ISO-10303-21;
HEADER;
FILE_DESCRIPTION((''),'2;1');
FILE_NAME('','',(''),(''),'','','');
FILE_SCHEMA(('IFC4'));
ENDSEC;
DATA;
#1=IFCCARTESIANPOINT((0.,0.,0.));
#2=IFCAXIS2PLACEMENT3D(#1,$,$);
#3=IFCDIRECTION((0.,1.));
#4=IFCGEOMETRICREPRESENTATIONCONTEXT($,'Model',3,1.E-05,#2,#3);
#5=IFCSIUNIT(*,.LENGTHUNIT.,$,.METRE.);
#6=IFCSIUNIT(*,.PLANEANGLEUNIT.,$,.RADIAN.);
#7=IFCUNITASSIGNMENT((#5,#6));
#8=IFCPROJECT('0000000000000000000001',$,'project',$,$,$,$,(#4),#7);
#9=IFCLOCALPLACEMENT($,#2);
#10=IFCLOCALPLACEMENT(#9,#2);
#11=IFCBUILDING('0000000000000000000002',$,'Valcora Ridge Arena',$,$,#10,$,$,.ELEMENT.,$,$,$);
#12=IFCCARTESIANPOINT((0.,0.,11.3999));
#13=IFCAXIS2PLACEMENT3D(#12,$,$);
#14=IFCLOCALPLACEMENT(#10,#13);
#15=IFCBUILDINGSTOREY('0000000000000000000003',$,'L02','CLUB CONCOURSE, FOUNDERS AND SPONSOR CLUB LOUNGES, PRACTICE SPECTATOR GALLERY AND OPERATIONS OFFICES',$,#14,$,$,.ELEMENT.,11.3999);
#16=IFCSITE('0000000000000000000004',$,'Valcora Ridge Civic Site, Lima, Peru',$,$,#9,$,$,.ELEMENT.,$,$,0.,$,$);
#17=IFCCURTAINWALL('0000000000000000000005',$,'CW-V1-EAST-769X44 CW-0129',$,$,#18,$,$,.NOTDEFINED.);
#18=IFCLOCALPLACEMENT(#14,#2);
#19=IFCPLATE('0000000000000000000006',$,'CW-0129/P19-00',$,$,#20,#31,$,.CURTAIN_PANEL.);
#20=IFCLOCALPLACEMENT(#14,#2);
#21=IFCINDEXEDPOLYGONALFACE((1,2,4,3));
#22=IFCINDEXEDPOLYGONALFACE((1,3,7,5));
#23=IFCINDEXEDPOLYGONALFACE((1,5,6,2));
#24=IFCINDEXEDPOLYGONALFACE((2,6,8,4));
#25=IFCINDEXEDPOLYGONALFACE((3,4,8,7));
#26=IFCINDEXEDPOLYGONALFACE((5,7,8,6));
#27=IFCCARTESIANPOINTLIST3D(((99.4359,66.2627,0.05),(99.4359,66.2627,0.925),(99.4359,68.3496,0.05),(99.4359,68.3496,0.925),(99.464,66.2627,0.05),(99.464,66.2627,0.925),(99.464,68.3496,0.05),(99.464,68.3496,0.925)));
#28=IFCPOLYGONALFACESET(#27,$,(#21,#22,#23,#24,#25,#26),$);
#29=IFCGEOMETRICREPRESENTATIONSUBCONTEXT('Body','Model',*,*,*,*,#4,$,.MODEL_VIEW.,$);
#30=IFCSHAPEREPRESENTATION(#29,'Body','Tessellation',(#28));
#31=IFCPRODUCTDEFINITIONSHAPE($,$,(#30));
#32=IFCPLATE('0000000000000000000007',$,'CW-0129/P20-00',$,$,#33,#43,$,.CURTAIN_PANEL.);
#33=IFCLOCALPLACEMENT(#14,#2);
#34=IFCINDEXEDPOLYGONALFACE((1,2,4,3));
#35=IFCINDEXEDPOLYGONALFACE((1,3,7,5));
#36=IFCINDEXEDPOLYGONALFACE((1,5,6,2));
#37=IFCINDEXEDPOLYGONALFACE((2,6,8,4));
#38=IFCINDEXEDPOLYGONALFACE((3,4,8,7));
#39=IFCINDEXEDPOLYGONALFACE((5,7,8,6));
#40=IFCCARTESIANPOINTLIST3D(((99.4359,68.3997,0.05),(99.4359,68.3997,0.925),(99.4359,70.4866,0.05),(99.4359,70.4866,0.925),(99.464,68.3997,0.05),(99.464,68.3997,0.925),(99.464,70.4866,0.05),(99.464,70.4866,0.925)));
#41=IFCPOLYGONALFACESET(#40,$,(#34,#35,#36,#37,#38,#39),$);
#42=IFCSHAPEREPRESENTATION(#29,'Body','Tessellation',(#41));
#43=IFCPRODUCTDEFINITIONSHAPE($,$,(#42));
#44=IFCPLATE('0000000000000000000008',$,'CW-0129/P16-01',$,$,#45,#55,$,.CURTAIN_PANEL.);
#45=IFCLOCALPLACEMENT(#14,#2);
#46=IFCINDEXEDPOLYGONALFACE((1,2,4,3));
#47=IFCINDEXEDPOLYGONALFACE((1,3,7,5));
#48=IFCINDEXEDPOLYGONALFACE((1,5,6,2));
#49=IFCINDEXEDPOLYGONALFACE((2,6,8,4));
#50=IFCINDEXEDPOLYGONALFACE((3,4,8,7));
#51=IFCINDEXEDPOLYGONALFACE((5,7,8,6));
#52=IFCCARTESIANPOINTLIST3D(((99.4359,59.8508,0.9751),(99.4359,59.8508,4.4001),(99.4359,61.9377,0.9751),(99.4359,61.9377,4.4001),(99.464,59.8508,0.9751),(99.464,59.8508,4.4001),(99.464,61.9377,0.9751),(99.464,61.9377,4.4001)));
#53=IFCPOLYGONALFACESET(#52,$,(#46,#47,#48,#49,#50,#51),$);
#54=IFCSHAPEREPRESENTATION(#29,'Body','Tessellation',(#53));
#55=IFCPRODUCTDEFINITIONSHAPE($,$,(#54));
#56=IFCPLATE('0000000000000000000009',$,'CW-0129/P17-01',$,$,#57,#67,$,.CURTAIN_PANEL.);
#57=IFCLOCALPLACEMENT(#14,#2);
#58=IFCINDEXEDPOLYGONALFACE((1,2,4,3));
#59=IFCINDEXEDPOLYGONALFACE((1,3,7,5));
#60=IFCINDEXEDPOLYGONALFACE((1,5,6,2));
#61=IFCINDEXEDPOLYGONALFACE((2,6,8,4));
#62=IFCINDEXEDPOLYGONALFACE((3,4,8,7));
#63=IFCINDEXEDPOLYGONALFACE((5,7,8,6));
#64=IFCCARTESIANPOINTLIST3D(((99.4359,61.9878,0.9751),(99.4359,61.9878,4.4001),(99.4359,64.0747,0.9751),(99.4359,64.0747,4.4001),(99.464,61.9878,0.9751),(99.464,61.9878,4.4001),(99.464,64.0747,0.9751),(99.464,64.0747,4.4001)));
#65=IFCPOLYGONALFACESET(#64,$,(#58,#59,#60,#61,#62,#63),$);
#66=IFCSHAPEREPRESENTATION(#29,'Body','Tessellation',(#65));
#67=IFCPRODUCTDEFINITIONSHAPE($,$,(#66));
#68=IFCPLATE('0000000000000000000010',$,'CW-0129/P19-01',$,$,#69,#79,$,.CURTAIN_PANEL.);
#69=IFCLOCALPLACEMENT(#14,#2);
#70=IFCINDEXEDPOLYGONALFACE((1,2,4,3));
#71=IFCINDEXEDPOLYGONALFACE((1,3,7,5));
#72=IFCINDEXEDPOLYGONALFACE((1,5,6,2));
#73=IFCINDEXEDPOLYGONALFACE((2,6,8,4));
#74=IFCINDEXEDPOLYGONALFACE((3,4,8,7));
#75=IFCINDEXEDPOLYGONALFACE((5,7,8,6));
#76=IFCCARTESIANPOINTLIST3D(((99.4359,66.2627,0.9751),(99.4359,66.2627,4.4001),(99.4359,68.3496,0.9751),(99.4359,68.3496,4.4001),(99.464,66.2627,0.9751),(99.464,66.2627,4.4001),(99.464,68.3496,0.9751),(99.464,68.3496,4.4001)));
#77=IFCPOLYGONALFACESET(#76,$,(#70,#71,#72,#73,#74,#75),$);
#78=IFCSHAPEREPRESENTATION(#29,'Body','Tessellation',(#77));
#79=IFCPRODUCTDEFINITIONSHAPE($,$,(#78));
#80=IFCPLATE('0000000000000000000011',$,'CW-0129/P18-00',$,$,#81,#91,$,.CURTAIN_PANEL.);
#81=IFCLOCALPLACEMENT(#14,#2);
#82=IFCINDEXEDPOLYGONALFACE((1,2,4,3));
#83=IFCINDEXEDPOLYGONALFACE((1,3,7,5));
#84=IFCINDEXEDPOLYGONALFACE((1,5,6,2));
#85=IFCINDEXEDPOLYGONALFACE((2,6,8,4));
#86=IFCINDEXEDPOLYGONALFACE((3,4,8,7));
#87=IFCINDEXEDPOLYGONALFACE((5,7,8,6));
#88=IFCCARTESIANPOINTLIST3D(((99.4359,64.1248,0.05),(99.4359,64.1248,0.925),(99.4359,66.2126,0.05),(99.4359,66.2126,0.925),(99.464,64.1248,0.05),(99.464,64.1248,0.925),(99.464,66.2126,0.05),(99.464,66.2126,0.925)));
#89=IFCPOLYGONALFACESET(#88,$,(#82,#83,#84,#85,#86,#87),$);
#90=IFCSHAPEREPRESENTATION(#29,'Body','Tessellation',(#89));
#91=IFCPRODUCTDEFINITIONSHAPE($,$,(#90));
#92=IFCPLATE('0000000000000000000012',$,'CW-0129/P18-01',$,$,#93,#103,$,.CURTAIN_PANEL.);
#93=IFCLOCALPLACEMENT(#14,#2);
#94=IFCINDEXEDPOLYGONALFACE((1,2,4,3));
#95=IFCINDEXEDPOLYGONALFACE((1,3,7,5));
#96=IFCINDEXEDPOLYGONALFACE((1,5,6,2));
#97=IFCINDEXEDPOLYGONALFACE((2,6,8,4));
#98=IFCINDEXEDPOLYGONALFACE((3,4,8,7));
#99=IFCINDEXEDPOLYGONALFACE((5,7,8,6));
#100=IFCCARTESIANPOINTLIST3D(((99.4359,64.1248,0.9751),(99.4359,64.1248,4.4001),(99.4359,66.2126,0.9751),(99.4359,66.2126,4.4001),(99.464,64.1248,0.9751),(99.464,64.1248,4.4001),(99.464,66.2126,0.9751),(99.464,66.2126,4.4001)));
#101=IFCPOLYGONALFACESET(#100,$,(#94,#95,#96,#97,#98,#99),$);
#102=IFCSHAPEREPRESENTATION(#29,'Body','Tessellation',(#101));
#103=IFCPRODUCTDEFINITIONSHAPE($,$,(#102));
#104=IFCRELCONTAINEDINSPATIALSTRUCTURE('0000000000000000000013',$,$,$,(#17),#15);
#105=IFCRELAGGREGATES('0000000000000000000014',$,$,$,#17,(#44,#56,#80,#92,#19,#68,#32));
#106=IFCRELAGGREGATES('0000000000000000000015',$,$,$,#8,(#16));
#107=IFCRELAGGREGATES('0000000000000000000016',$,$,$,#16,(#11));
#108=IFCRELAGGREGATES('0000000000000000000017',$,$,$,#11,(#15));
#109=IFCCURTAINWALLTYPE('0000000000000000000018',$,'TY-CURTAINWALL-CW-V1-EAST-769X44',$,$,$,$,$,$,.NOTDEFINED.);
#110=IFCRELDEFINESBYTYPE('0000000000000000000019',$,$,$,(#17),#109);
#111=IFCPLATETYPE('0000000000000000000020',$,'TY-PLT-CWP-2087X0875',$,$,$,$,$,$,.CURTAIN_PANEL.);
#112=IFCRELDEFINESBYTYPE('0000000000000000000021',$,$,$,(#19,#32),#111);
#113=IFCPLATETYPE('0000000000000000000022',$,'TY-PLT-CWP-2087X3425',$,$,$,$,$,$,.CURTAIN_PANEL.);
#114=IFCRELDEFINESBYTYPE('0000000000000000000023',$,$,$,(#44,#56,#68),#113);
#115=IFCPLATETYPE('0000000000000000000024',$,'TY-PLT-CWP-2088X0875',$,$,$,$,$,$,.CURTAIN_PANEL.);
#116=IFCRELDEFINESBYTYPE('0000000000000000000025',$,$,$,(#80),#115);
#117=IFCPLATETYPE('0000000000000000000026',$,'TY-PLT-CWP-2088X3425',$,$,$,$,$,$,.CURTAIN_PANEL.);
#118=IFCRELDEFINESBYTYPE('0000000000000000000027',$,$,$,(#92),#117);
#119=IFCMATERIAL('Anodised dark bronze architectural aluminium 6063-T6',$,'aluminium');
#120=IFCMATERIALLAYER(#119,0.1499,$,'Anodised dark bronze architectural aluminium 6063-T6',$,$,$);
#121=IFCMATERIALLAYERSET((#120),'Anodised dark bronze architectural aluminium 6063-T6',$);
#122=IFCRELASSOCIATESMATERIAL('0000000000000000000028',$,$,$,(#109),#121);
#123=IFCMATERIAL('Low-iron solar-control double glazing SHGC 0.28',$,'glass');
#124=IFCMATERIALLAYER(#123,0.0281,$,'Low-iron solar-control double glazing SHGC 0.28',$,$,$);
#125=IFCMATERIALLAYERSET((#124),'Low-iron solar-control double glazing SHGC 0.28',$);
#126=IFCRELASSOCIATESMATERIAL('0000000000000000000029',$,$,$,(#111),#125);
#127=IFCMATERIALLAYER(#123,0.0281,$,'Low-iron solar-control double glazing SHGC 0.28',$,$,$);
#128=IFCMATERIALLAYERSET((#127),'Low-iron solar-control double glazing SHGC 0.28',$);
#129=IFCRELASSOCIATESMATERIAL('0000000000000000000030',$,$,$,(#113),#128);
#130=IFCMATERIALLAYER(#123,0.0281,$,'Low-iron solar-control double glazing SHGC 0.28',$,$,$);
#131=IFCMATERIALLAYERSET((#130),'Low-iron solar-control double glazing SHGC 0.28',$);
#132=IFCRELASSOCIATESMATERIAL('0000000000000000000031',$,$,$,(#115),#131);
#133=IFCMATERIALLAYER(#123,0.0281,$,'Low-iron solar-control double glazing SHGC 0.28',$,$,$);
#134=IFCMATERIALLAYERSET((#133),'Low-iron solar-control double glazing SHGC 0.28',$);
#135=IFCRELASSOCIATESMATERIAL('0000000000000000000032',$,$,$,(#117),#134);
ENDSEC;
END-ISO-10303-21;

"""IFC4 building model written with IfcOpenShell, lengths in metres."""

from ifc_helpers import new_model, si_unit, direction, frame, origin, origin_2d, place, context, subcontext, project, spatial, rectangle, extrude, material, layer, layer_set, type_object, element, aggregate, save


model = new_model("IFC4")

# Units and contexts
model_context = context("Model", 3, precision=1e-05, world=origin(), true_north=direction((0.0, 1.0)))
body_context = subcontext(model_context, "Body", "Model", "MODEL_VIEW")
ifc_project = project(units=[si_unit("LENGTHUNIT", "METRE"), si_unit("PLANEANGLEUNIT", "RADIAN")], contexts=[model_context])

# Site, building, storey
site_placement = place(None, origin())
site = spatial("IfcSite", under=ifc_project, at=site_placement, Name="Valcora Ridge Civic Site, Lima, Peru", CompositionType="ELEMENT", RefElevation=0.0)
building_placement = place(site_placement, origin())
building = spatial("IfcBuilding", under=site, at=building_placement, Name="Valcora Ridge Arena", CompositionType="ELEMENT")
storey_placement = place(building_placement, frame((0.0, 0.0, 11.3999)))
storey = spatial("IfcBuildingStorey", under=building, at=storey_placement, Name="L02", Description="CLUB CONCOURSE, FOUNDERS AND SPONSOR CLUB LOUNGES, PRACTICE SPECTATOR GALLERY AND OPERATIONS OFFICES", CompositionType="ELEMENT", Elevation=11.3999)

# Curtain wall, plates
ifc_material_1 = material(Name="Anodised dark bronze architectural aluminium 6063-T6", Category="aluminium")
ifc_layer_1 = layer(ifc_material_1, 0.1499, Name="Anodised dark bronze architectural aluminium 6063-T6")
ifc_layer_set_1 = layer_set([ifc_layer_1], Name="Anodised dark bronze architectural aluminium 6063-T6")
curtain_wall_type = type_object("IfcCurtainWallType", Name="TY-CURTAINWALL-CW-V1-EAST-769X44", PredefinedType="NOTDEFINED", material=ifc_layer_set_1)
curtain_wall_placement = place(storey_placement, origin())
curtain_wall = element("IfcCurtainWall", 1, at=curtain_wall_placement, inside=storey, type_object=curtain_wall_type, Name="CW-V1-EAST-769X44 CW-0129", PredefinedType="NOTDEFINED")
ifc_material_2 = material(Name="Low-iron solar-control double glazing SHGC 0.28", Category="glass")
ifc_layer_2 = layer(ifc_material_2, 0.0281, Name="Low-iron solar-control double glazing SHGC 0.28")
ifc_layer_set_2 = layer_set([ifc_layer_2], Name="Low-iron solar-control double glazing SHGC 0.28")
plate_type_1 = type_object("IfcPlateType", Name="TY-PLT-CWP-2087X0875", PredefinedType="CURTAIN_PANEL", material=ifc_layer_set_2)
plate_1_placement = place(storey_placement, frame((99.45, 67.3062, 0.05), z_axis=(0.0, 0.0, 1.0), x_axis=(0.0, 1.0, 0.0)))
plate_1 = element("IfcPlate", 2, at=plate_1_placement, type_object=plate_type_1, Name="CW-0129/P19-00", PredefinedType="CURTAIN_PANEL", context=body_context, shape_type="SweptSolid", body=[
    extrude(rectangle(XDim=2.0869, YDim=0.0281, at=origin_2d()), origin(), (0.0, 0.0, 1.0), 0.875),
])
plate_2_placement = place(storey_placement, frame((99.45, 69.4431, 0.05), z_axis=(0.0, 0.0, 1.0), x_axis=(0.0, 1.0, 0.0)))
plate_2 = element("IfcPlate", 3, at=plate_2_placement, type_object=plate_type_1, Name="CW-0129/P20-00", PredefinedType="CURTAIN_PANEL", context=body_context, shape_type="SweptSolid", body=[
    extrude(rectangle(XDim=2.0869, YDim=0.0281, at=origin_2d()), origin(), (0.0, 0.0, 1.0), 0.875),
])
ifc_layer_3 = layer(ifc_material_2, 0.0281, Name="Low-iron solar-control double glazing SHGC 0.28")
ifc_layer_set_3 = layer_set([ifc_layer_3], Name="Low-iron solar-control double glazing SHGC 0.28")
plate_type_2 = type_object("IfcPlateType", Name="TY-PLT-CWP-2087X3425", PredefinedType="CURTAIN_PANEL", material=ifc_layer_set_3)
plate_3_placement = place(storey_placement, frame((99.45, 60.8943, 0.9751), z_axis=(0.0, 0.0, 1.0), x_axis=(0.0, 1.0, 0.0)))
plate_3 = element("IfcPlate", 4, at=plate_3_placement, type_object=plate_type_2, Name="CW-0129/P16-01", PredefinedType="CURTAIN_PANEL", context=body_context, shape_type="SweptSolid", body=[
    extrude(rectangle(XDim=2.0869, YDim=0.0281, at=origin_2d()), origin(), (0.0, 0.0, 1.0), 3.425),
])
plate_4_placement = place(storey_placement, frame((99.45, 63.0312, 0.9751), z_axis=(0.0, 0.0, 1.0), x_axis=(0.0, 1.0, 0.0)))
plate_4 = element("IfcPlate", 5, at=plate_4_placement, type_object=plate_type_2, Name="CW-0129/P17-01", PredefinedType="CURTAIN_PANEL", context=body_context, shape_type="SweptSolid", body=[
    extrude(rectangle(XDim=2.0869, YDim=0.0281, at=origin_2d()), origin(), (0.0, 0.0, 1.0), 3.425),
])
plate_5_placement = place(storey_placement, frame((99.45, 67.3062, 0.9751), z_axis=(0.0, 0.0, 1.0), x_axis=(0.0, 1.0, 0.0)))
plate_5 = element("IfcPlate", 6, at=plate_5_placement, type_object=plate_type_2, Name="CW-0129/P19-01", PredefinedType="CURTAIN_PANEL", context=body_context, shape_type="SweptSolid", body=[
    extrude(rectangle(XDim=2.0869, YDim=0.0281, at=origin_2d()), origin(), (0.0, 0.0, 1.0), 3.425),
])
ifc_layer_4 = layer(ifc_material_2, 0.0281, Name="Low-iron solar-control double glazing SHGC 0.28")
ifc_layer_set_4 = layer_set([ifc_layer_4], Name="Low-iron solar-control double glazing SHGC 0.28")
plate_type_3 = type_object("IfcPlateType", Name="TY-PLT-CWP-2088X0875", PredefinedType="CURTAIN_PANEL", material=ifc_layer_set_4)
plate_6_placement = place(storey_placement, frame((99.45, 65.1687, 0.05), z_axis=(0.0, 0.0, 1.0), x_axis=(0.0, 1.0, 0.0)))
plate_6 = element("IfcPlate", 7, at=plate_6_placement, type_object=plate_type_3, Name="CW-0129/P18-00", PredefinedType="CURTAIN_PANEL", context=body_context, shape_type="SweptSolid", body=[
    extrude(rectangle(XDim=2.0879, YDim=0.0281, at=origin_2d()), origin(), (0.0, 0.0, 1.0), 0.875),
])
ifc_layer_5 = layer(ifc_material_2, 0.0281, Name="Low-iron solar-control double glazing SHGC 0.28")
ifc_layer_set_5 = layer_set([ifc_layer_5], Name="Low-iron solar-control double glazing SHGC 0.28")
plate_type_4 = type_object("IfcPlateType", Name="TY-PLT-CWP-2088X3425", PredefinedType="CURTAIN_PANEL", material=ifc_layer_set_5)
plate_7_placement = place(storey_placement, frame((99.45, 65.1687, 0.9751), z_axis=(0.0, 0.0, 1.0), x_axis=(0.0, 1.0, 0.0)))
plate_7 = element("IfcPlate", 8, at=plate_7_placement, type_object=plate_type_4, Name="CW-0129/P18-01", PredefinedType="CURTAIN_PANEL", context=body_context, shape_type="SweptSolid", body=[
    extrude(rectangle(XDim=2.0879, YDim=0.0281, at=origin_2d()), origin(), (0.0, 0.0, 1.0), 3.425),
])
aggregate(curtain_wall, [plate_3, plate_4, plate_6, plate_7, plate_1, plate_5, plate_2])

save(model, "model.ifc")
